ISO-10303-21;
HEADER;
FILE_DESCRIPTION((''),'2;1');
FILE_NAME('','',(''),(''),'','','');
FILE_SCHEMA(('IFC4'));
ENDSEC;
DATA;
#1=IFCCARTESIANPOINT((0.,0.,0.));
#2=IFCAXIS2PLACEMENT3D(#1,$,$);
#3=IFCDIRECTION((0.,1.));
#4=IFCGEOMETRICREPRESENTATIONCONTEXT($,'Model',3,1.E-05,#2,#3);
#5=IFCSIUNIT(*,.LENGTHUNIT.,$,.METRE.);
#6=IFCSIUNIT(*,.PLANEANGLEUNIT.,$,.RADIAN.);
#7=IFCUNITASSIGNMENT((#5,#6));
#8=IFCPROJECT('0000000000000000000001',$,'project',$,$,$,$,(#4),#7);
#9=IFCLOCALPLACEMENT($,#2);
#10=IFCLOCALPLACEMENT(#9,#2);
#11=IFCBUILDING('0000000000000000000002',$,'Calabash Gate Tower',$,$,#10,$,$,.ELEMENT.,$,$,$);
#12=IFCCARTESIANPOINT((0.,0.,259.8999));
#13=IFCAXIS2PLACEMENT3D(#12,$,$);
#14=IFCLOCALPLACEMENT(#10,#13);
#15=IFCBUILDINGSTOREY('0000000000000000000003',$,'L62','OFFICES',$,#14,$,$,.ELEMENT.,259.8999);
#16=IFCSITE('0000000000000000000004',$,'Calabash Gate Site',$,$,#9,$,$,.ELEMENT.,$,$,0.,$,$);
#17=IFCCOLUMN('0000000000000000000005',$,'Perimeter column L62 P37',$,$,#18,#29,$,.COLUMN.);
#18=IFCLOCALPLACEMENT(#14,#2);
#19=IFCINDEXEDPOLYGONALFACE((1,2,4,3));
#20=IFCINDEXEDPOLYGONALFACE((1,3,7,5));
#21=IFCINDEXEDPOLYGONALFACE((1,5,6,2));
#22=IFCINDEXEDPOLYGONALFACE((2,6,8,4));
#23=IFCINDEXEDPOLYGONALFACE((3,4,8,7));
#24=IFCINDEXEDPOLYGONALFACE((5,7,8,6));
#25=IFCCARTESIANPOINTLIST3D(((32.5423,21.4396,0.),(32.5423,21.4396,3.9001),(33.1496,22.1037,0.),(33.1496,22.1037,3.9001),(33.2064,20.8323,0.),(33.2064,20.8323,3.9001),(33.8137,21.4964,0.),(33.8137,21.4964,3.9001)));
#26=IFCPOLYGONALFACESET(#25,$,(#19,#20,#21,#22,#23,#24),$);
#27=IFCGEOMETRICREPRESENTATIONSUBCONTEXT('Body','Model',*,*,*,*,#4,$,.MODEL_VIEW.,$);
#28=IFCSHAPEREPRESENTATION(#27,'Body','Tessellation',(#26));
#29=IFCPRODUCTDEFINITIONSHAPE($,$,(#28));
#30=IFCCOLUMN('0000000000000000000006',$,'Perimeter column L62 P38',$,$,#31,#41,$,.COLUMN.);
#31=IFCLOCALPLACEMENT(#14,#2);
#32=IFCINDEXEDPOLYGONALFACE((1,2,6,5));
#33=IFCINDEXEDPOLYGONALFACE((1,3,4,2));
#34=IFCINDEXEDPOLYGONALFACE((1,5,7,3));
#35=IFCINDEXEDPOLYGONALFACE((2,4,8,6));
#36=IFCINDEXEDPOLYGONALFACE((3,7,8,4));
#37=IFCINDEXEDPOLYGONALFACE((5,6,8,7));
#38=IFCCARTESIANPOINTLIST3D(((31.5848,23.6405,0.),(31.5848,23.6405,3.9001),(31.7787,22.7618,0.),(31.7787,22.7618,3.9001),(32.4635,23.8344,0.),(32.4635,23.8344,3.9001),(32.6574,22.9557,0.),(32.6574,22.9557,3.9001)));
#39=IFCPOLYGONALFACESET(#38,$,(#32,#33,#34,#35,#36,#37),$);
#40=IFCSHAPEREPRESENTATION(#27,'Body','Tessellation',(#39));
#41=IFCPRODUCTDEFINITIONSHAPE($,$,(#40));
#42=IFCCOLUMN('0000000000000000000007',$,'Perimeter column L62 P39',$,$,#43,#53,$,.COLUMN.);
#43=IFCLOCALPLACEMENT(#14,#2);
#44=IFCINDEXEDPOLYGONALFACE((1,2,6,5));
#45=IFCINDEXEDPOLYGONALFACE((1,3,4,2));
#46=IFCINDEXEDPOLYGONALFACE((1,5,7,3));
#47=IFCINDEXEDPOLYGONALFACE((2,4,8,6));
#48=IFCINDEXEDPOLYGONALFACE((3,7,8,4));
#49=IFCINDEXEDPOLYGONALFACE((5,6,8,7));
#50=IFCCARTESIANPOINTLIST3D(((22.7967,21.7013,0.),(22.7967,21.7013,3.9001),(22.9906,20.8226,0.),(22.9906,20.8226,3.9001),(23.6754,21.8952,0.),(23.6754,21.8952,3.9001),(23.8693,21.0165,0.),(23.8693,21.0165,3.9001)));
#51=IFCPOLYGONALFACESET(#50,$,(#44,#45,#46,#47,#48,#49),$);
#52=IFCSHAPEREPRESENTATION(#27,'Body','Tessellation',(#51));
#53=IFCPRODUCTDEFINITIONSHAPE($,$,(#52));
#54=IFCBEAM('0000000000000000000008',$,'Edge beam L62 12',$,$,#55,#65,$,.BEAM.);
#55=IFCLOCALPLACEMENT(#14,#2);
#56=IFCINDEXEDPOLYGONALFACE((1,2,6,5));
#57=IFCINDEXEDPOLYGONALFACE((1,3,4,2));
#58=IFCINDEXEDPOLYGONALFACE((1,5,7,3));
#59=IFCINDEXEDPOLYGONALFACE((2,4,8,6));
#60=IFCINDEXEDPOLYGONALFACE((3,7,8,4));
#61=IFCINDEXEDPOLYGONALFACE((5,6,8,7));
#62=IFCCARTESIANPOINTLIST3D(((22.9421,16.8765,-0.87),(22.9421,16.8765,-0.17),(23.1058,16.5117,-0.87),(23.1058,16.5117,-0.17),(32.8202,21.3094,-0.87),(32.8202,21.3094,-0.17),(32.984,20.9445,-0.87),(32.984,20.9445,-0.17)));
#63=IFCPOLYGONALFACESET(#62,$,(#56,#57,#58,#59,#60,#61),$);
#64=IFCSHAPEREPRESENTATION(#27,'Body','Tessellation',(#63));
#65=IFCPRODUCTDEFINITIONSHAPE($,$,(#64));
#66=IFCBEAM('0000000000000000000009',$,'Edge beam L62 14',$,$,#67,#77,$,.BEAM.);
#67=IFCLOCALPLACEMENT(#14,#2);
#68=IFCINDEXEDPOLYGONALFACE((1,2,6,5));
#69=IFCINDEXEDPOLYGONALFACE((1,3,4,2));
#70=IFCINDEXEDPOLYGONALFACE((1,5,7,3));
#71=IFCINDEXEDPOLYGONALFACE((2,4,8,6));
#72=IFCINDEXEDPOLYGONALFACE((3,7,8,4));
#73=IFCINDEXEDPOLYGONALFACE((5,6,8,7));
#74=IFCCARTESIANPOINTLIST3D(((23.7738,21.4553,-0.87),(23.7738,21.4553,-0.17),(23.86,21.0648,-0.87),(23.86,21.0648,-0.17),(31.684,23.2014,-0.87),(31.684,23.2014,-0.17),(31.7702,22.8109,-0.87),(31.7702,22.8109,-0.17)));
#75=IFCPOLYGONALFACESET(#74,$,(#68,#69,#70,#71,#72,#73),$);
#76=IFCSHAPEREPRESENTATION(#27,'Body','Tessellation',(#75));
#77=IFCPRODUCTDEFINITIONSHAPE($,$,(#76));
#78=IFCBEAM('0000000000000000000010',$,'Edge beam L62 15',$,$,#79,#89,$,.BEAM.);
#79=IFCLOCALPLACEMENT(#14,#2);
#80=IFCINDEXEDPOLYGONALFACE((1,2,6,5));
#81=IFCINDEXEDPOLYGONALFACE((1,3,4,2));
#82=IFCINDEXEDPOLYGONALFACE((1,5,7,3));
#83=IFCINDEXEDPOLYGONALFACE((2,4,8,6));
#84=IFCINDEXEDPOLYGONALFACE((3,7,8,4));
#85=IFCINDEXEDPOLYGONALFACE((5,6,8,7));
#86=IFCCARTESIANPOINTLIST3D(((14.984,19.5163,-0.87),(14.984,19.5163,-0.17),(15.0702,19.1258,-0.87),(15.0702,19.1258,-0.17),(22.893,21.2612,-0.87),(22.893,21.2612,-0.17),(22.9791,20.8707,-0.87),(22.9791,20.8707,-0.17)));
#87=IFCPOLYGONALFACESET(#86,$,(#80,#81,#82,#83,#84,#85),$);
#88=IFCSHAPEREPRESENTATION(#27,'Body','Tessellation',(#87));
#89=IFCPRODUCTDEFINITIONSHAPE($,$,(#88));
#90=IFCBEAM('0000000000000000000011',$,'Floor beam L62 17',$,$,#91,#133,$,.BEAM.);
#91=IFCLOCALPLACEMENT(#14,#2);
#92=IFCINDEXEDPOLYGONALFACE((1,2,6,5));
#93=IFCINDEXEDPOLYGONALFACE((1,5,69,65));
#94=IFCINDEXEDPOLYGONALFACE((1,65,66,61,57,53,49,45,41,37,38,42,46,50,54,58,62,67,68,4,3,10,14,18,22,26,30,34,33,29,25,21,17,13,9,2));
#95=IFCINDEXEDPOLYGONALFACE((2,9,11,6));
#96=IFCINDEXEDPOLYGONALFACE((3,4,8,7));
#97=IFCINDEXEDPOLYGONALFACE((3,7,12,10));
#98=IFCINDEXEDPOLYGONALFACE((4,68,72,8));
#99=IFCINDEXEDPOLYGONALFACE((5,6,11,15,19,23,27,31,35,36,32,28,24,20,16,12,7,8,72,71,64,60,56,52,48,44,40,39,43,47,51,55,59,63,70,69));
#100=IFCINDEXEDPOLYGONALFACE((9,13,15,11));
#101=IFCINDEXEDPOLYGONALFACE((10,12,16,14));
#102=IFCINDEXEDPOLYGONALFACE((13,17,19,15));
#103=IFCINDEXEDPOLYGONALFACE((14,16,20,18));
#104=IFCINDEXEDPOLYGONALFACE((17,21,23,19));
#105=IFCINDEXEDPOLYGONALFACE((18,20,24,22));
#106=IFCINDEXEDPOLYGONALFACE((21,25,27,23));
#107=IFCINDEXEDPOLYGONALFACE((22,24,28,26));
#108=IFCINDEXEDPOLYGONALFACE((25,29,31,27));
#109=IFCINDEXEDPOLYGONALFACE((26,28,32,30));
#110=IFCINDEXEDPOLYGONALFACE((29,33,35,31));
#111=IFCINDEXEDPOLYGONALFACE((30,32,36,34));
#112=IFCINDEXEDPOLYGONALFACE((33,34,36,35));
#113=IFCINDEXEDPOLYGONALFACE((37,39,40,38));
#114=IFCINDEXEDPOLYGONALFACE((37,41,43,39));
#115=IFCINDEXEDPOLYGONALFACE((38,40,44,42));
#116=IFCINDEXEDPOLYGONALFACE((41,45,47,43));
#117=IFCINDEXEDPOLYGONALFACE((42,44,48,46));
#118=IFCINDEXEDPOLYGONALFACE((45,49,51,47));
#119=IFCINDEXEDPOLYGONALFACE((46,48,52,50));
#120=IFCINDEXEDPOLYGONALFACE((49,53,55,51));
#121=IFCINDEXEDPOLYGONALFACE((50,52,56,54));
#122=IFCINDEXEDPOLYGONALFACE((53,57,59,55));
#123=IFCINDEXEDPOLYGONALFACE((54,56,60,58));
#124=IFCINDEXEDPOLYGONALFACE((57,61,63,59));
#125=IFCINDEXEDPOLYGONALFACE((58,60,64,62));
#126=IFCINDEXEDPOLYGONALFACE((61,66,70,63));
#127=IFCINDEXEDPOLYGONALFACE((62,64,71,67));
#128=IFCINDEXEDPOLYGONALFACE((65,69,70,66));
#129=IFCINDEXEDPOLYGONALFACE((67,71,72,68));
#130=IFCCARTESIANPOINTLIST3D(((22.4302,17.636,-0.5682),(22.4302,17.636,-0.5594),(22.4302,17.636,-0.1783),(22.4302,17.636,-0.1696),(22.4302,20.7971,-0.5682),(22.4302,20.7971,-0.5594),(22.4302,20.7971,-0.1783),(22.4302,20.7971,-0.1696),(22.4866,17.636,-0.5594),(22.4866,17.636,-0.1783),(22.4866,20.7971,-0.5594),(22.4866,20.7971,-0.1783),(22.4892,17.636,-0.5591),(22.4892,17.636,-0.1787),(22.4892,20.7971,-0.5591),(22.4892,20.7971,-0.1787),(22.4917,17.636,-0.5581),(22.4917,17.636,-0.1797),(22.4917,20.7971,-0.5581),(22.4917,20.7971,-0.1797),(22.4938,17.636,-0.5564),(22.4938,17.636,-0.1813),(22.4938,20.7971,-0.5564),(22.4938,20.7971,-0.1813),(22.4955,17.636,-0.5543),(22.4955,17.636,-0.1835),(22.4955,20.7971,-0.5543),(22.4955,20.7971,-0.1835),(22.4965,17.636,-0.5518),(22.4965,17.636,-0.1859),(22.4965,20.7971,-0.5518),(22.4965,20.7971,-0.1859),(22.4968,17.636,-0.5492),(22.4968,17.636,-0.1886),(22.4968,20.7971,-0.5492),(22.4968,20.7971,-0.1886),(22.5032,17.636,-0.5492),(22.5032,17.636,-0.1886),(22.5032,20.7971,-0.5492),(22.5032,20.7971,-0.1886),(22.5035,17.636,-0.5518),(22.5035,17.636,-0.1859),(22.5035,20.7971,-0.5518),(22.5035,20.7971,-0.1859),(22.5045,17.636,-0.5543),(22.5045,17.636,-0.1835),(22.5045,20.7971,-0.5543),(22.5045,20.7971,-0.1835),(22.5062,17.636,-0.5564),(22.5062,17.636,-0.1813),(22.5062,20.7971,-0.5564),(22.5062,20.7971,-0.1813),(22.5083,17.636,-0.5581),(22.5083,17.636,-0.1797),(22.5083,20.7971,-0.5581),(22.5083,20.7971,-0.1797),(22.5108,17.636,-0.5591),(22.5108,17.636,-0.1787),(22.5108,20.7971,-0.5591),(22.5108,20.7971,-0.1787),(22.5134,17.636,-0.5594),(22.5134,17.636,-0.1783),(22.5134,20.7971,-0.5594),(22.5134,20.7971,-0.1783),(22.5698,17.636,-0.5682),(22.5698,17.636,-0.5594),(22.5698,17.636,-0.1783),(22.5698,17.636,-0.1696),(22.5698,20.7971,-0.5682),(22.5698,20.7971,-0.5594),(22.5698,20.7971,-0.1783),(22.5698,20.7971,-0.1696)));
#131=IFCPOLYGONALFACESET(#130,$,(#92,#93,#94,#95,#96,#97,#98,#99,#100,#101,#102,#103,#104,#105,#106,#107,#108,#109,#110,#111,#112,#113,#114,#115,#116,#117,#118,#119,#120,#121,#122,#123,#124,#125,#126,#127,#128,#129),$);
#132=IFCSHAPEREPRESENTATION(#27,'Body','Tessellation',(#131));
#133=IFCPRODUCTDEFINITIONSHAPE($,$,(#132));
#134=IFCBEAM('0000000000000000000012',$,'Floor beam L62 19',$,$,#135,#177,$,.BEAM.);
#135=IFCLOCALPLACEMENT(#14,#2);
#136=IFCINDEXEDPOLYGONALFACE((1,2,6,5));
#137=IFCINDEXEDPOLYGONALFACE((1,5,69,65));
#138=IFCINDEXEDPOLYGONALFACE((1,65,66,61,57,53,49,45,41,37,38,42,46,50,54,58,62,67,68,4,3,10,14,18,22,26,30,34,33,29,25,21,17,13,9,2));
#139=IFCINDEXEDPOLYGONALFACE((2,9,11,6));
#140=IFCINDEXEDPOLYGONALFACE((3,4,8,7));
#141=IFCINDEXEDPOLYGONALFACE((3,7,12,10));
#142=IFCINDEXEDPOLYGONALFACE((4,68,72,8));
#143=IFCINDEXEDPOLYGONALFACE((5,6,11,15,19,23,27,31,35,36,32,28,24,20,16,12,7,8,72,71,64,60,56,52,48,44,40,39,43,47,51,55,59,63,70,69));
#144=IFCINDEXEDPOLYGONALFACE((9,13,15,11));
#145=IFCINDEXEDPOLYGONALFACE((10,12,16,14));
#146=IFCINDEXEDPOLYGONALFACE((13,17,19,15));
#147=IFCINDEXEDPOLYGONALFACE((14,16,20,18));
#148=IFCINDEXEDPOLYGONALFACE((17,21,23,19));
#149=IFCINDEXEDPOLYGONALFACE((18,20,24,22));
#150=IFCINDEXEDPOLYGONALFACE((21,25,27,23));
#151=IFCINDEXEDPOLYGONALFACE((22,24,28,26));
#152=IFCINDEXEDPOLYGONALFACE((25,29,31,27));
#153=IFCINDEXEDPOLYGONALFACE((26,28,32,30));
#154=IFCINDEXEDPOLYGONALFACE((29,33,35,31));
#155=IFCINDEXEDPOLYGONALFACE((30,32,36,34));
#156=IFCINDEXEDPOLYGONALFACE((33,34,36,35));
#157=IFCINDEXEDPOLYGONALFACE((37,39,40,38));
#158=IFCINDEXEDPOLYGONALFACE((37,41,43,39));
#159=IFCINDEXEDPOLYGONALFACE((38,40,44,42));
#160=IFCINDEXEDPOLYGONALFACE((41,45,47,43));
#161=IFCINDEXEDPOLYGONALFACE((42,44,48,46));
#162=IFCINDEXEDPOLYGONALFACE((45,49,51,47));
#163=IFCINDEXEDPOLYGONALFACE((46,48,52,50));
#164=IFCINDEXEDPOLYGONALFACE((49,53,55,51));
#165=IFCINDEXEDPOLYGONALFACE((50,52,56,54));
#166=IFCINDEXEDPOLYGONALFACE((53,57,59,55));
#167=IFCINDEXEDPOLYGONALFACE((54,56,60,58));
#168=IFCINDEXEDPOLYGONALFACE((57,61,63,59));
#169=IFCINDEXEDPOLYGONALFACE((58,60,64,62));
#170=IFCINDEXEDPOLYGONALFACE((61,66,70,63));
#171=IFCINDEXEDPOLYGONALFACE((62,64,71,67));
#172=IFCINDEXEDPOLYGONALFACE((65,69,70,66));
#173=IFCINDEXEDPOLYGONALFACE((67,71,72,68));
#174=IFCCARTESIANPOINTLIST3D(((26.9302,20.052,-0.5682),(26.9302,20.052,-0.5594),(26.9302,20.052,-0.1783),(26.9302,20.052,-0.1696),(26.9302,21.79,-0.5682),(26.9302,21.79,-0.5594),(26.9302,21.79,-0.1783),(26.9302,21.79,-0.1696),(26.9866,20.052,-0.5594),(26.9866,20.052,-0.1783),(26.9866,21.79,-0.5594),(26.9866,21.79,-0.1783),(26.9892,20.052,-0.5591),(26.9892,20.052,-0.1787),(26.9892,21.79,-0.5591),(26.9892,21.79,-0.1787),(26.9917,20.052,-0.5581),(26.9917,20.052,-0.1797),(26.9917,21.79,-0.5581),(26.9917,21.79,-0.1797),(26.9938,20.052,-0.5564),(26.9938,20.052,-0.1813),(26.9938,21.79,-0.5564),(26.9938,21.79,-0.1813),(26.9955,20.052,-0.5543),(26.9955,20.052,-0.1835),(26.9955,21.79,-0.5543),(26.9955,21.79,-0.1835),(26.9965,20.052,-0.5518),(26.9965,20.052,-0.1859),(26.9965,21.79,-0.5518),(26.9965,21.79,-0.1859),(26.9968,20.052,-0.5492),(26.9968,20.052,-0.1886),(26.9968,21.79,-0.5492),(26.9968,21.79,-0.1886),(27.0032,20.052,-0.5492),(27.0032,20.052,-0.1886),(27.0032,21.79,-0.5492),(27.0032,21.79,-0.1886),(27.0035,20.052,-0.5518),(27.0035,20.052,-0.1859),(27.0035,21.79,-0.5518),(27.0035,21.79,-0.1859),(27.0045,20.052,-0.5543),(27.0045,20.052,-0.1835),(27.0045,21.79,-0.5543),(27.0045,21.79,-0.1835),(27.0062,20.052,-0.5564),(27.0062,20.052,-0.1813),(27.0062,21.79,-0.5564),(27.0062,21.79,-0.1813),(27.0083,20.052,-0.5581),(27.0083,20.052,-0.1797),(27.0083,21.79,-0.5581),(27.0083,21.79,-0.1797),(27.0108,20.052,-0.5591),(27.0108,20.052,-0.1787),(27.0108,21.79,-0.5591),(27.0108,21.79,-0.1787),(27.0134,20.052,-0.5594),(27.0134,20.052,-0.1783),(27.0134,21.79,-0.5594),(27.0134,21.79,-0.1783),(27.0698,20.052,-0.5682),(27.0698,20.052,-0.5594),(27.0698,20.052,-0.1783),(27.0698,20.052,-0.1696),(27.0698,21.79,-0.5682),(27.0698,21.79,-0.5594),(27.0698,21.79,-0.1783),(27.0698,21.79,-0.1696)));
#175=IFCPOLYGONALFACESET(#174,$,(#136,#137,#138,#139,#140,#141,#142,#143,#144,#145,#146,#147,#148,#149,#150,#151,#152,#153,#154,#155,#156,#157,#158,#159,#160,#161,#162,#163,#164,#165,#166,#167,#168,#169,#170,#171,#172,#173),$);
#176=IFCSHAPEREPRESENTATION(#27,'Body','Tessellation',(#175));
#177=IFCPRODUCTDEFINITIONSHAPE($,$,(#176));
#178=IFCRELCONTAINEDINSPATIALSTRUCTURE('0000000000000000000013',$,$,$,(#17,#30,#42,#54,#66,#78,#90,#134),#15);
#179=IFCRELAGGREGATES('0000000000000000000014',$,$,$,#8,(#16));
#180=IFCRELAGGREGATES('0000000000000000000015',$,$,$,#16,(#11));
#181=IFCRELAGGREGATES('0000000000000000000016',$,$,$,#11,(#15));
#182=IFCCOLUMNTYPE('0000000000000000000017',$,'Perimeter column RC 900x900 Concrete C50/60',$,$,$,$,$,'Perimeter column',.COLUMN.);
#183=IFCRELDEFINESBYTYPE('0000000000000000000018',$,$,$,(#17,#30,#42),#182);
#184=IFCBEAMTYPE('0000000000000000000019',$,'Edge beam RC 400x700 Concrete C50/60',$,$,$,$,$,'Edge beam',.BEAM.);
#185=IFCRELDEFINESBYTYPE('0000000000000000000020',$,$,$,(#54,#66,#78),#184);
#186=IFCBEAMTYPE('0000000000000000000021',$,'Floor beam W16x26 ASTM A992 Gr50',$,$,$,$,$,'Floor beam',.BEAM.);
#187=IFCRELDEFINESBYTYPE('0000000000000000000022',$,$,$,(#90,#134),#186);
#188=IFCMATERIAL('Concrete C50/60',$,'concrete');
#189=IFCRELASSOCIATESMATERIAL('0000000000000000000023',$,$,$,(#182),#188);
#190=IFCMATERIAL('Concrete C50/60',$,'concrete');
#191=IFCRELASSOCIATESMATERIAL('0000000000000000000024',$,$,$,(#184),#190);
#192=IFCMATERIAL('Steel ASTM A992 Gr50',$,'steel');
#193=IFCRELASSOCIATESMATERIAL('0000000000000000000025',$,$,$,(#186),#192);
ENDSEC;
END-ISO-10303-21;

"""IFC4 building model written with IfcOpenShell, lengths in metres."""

from ifc_helpers import new_model, si_unit, direction, frame, origin, origin_2d, place, context, subcontext, project, spatial, rectangle, i_section, extrude, material, material_profile, profile_set, type_object, element, save


model = new_model("IFC4")

# Units and contexts
model_context = context("Model", 3, precision=1e-05, world=origin(), true_north=direction((0.0, 1.0)))
body_context = subcontext(model_context, "Body", "Model", "MODEL_VIEW")
ifc_project = project(units=[si_unit("LENGTHUNIT", "METRE"), si_unit("PLANEANGLEUNIT", "RADIAN")], contexts=[model_context])

# Site, building, storey
site_placement = place(None, origin())
site = spatial("IfcSite", under=ifc_project, at=site_placement, Name="Calabash Gate Site", CompositionType="ELEMENT", RefElevation=0.0)
building_placement = place(site_placement, origin())
building = spatial("IfcBuilding", under=site, at=building_placement, Name="Calabash Gate Tower", CompositionType="ELEMENT")
storey_placement = place(building_placement, frame((0.0, 0.0, 259.8999)))
storey = spatial("IfcBuildingStorey", under=building, at=storey_placement, Name="L62", Description="OFFICES", CompositionType="ELEMENT", Elevation=259.8999)

# Columns
ifc_material_1 = material(Name="Concrete C50/60", Category="concrete")
ifc_material_profile_1 = material_profile(ifc_material_1, rectangle(XDim=0.8999, YDim=0.8999, at=origin_2d()))
ifc_profile_set_1 = profile_set([ifc_material_profile_1], Name="Concrete C50/60")
column_type = type_object("IfcColumnType", Name="Perimeter column RC 900x900 Concrete C50/60", ElementType="Perimeter column", PredefinedType="COLUMN", material=ifc_profile_set_1)
for number, where, z_axis, x_axis, name in (
    (1, (33.178, 21.468, 0.0), (0.0, 0.0, 1.0), (0.674856, 0.737949, 0.0), "Perimeter column L62 P37"),
    (2, (32.1211, 23.2981, 0.0), (0.0, 0.0, 1.0), (-0.976511, -0.215468, 0.0), "Perimeter column L62 P38"),
    (3, (23.333, 21.3589, 0.0), (0.0, 0.0, 1.0), (-0.976511, -0.215468, 0.0), "Perimeter column L62 P39"),
):
    element("IfcColumn", number, at=place(storey_placement, frame(where, z_axis=z_axis, x_axis=x_axis)), inside=storey, type_object=column_type, Name=name, PredefinedType="COLUMN", context=body_context, shape_type="SweptSolid", body=[
        extrude(rectangle(XDim=0.8999, YDim=0.8999, at=origin_2d()), origin(), (0.0, 0.0, 1.0), 3.9001),
    ])

# Beams
ifc_material_2 = material(Name="Concrete C50/60", Category="concrete")
ifc_material_profile_2 = material_profile(ifc_material_2, rectangle(XDim=0.3999, YDim=0.7, at=origin_2d()))
ifc_profile_set_2 = profile_set([ifc_material_profile_2], Name="Concrete C50/60")
beam_type_1 = type_object("IfcBeamType", Name="Edge beam RC 400x700 Concrete C50/60", ElementType="Edge beam", PredefinedType="BEAM", material=ifc_profile_set_2)
beam_1_placement = place(storey_placement, frame((32.9021, 21.127, -0.52), z_axis=(-0.912347, -0.409418, 0.0), x_axis=(0.409418, -0.912347, 0.0)))
element("IfcBeam", 4, at=beam_1_placement, inside=storey, type_object=beam_type_1, Name="Edge beam L62 12", PredefinedType="BEAM", context=body_context, shape_type="SweptSolid", body=[
    extrude(rectangle(XDim=0.3999, YDim=0.7, at=origin_2d()), origin(), (0.0, 0.0, 1.0), 10.8271),
])
beam_2_placement = place(storey_placement, frame((31.7271, 23.0061, -0.52), z_axis=(-0.976492, -0.215552, 0.0), x_axis=(0.215552, -0.976492, 0.0)))
element("IfcBeam", 5, at=beam_2_placement, inside=storey, type_object=beam_type_1, Name="Edge beam L62 14", PredefinedType="BEAM", context=body_context, shape_type="SweptSolid", body=[
    extrude(rectangle(XDim=0.3999, YDim=0.7, at=origin_2d()), origin(), (0.0, 0.0, 1.0), 8.1006),
])
beam_3_placement = place(storey_placement, frame((22.936, 21.0659, -0.52), z_axis=(-0.976517, -0.21544, 0.0), x_axis=(0.21544, -0.976517, 0.0)))
element("IfcBeam", 6, at=beam_3_placement, inside=storey, type_object=beam_type_1, Name="Edge beam L62 15", PredefinedType="BEAM", context=body_context, shape_type="SweptSolid", body=[
    extrude(rectangle(XDim=0.3999, YDim=0.7, at=origin_2d()), origin(), (0.0, 0.0, 1.0), 8.0991),
])
ifc_material_3 = material(Name="Steel ASTM A992 Gr50", Category="steel")
ifc_material_profile_3 = material_profile(ifc_material_3, i_section(OverallWidth=0.1396, OverallDepth=0.3987, WebThickness=0.0063, FlangeThickness=0.0088, FilletRadius=0.0103, at=origin_2d()))
ifc_profile_set_3 = profile_set([ifc_material_profile_3], Name="Steel ASTM A992 Gr50")
beam_type_2 = type_object("IfcBeamType", Name="Floor beam W16x26 ASTM A992 Gr50", ElementType="Floor beam", PredefinedType="BEAM", material=ifc_profile_set_3)
beam_4_placement = place(storey_placement, frame((22.5, 17.636, -0.3689), z_axis=(0.0, 1.0, 0.0), x_axis=(-1.0, 0.0, 0.0)))
element("IfcBeam", 7, at=beam_4_placement, inside=storey, type_object=beam_type_2, Name="Floor beam L62 17", PredefinedType="BEAM", context=body_context, shape_type="SweptSolid", body=[
    extrude(i_section(OverallWidth=0.1396, OverallDepth=0.3987, WebThickness=0.0063, FlangeThickness=0.0088, FilletRadius=0.0103, at=origin_2d()), origin(), (0.0, 0.0, 1.0), 3.1611),
])
beam_5_placement = place(storey_placement, frame((27.0, 20.052, -0.3689), z_axis=(0.0, 1.0, 0.0), x_axis=(-1.0, 0.0, 0.0)))
element("IfcBeam", 8, at=beam_5_placement, inside=storey, type_object=beam_type_2, Name="Floor beam L62 19", PredefinedType="BEAM", context=body_context, shape_type="SweptSolid", body=[
    extrude(i_section(OverallWidth=0.1396, OverallDepth=0.3987, WebThickness=0.0063, FlangeThickness=0.0088, FilletRadius=0.0103, at=origin_2d()), origin(), (0.0, 0.0, 1.0), 1.738),
])

save(model, "model.ifc")
